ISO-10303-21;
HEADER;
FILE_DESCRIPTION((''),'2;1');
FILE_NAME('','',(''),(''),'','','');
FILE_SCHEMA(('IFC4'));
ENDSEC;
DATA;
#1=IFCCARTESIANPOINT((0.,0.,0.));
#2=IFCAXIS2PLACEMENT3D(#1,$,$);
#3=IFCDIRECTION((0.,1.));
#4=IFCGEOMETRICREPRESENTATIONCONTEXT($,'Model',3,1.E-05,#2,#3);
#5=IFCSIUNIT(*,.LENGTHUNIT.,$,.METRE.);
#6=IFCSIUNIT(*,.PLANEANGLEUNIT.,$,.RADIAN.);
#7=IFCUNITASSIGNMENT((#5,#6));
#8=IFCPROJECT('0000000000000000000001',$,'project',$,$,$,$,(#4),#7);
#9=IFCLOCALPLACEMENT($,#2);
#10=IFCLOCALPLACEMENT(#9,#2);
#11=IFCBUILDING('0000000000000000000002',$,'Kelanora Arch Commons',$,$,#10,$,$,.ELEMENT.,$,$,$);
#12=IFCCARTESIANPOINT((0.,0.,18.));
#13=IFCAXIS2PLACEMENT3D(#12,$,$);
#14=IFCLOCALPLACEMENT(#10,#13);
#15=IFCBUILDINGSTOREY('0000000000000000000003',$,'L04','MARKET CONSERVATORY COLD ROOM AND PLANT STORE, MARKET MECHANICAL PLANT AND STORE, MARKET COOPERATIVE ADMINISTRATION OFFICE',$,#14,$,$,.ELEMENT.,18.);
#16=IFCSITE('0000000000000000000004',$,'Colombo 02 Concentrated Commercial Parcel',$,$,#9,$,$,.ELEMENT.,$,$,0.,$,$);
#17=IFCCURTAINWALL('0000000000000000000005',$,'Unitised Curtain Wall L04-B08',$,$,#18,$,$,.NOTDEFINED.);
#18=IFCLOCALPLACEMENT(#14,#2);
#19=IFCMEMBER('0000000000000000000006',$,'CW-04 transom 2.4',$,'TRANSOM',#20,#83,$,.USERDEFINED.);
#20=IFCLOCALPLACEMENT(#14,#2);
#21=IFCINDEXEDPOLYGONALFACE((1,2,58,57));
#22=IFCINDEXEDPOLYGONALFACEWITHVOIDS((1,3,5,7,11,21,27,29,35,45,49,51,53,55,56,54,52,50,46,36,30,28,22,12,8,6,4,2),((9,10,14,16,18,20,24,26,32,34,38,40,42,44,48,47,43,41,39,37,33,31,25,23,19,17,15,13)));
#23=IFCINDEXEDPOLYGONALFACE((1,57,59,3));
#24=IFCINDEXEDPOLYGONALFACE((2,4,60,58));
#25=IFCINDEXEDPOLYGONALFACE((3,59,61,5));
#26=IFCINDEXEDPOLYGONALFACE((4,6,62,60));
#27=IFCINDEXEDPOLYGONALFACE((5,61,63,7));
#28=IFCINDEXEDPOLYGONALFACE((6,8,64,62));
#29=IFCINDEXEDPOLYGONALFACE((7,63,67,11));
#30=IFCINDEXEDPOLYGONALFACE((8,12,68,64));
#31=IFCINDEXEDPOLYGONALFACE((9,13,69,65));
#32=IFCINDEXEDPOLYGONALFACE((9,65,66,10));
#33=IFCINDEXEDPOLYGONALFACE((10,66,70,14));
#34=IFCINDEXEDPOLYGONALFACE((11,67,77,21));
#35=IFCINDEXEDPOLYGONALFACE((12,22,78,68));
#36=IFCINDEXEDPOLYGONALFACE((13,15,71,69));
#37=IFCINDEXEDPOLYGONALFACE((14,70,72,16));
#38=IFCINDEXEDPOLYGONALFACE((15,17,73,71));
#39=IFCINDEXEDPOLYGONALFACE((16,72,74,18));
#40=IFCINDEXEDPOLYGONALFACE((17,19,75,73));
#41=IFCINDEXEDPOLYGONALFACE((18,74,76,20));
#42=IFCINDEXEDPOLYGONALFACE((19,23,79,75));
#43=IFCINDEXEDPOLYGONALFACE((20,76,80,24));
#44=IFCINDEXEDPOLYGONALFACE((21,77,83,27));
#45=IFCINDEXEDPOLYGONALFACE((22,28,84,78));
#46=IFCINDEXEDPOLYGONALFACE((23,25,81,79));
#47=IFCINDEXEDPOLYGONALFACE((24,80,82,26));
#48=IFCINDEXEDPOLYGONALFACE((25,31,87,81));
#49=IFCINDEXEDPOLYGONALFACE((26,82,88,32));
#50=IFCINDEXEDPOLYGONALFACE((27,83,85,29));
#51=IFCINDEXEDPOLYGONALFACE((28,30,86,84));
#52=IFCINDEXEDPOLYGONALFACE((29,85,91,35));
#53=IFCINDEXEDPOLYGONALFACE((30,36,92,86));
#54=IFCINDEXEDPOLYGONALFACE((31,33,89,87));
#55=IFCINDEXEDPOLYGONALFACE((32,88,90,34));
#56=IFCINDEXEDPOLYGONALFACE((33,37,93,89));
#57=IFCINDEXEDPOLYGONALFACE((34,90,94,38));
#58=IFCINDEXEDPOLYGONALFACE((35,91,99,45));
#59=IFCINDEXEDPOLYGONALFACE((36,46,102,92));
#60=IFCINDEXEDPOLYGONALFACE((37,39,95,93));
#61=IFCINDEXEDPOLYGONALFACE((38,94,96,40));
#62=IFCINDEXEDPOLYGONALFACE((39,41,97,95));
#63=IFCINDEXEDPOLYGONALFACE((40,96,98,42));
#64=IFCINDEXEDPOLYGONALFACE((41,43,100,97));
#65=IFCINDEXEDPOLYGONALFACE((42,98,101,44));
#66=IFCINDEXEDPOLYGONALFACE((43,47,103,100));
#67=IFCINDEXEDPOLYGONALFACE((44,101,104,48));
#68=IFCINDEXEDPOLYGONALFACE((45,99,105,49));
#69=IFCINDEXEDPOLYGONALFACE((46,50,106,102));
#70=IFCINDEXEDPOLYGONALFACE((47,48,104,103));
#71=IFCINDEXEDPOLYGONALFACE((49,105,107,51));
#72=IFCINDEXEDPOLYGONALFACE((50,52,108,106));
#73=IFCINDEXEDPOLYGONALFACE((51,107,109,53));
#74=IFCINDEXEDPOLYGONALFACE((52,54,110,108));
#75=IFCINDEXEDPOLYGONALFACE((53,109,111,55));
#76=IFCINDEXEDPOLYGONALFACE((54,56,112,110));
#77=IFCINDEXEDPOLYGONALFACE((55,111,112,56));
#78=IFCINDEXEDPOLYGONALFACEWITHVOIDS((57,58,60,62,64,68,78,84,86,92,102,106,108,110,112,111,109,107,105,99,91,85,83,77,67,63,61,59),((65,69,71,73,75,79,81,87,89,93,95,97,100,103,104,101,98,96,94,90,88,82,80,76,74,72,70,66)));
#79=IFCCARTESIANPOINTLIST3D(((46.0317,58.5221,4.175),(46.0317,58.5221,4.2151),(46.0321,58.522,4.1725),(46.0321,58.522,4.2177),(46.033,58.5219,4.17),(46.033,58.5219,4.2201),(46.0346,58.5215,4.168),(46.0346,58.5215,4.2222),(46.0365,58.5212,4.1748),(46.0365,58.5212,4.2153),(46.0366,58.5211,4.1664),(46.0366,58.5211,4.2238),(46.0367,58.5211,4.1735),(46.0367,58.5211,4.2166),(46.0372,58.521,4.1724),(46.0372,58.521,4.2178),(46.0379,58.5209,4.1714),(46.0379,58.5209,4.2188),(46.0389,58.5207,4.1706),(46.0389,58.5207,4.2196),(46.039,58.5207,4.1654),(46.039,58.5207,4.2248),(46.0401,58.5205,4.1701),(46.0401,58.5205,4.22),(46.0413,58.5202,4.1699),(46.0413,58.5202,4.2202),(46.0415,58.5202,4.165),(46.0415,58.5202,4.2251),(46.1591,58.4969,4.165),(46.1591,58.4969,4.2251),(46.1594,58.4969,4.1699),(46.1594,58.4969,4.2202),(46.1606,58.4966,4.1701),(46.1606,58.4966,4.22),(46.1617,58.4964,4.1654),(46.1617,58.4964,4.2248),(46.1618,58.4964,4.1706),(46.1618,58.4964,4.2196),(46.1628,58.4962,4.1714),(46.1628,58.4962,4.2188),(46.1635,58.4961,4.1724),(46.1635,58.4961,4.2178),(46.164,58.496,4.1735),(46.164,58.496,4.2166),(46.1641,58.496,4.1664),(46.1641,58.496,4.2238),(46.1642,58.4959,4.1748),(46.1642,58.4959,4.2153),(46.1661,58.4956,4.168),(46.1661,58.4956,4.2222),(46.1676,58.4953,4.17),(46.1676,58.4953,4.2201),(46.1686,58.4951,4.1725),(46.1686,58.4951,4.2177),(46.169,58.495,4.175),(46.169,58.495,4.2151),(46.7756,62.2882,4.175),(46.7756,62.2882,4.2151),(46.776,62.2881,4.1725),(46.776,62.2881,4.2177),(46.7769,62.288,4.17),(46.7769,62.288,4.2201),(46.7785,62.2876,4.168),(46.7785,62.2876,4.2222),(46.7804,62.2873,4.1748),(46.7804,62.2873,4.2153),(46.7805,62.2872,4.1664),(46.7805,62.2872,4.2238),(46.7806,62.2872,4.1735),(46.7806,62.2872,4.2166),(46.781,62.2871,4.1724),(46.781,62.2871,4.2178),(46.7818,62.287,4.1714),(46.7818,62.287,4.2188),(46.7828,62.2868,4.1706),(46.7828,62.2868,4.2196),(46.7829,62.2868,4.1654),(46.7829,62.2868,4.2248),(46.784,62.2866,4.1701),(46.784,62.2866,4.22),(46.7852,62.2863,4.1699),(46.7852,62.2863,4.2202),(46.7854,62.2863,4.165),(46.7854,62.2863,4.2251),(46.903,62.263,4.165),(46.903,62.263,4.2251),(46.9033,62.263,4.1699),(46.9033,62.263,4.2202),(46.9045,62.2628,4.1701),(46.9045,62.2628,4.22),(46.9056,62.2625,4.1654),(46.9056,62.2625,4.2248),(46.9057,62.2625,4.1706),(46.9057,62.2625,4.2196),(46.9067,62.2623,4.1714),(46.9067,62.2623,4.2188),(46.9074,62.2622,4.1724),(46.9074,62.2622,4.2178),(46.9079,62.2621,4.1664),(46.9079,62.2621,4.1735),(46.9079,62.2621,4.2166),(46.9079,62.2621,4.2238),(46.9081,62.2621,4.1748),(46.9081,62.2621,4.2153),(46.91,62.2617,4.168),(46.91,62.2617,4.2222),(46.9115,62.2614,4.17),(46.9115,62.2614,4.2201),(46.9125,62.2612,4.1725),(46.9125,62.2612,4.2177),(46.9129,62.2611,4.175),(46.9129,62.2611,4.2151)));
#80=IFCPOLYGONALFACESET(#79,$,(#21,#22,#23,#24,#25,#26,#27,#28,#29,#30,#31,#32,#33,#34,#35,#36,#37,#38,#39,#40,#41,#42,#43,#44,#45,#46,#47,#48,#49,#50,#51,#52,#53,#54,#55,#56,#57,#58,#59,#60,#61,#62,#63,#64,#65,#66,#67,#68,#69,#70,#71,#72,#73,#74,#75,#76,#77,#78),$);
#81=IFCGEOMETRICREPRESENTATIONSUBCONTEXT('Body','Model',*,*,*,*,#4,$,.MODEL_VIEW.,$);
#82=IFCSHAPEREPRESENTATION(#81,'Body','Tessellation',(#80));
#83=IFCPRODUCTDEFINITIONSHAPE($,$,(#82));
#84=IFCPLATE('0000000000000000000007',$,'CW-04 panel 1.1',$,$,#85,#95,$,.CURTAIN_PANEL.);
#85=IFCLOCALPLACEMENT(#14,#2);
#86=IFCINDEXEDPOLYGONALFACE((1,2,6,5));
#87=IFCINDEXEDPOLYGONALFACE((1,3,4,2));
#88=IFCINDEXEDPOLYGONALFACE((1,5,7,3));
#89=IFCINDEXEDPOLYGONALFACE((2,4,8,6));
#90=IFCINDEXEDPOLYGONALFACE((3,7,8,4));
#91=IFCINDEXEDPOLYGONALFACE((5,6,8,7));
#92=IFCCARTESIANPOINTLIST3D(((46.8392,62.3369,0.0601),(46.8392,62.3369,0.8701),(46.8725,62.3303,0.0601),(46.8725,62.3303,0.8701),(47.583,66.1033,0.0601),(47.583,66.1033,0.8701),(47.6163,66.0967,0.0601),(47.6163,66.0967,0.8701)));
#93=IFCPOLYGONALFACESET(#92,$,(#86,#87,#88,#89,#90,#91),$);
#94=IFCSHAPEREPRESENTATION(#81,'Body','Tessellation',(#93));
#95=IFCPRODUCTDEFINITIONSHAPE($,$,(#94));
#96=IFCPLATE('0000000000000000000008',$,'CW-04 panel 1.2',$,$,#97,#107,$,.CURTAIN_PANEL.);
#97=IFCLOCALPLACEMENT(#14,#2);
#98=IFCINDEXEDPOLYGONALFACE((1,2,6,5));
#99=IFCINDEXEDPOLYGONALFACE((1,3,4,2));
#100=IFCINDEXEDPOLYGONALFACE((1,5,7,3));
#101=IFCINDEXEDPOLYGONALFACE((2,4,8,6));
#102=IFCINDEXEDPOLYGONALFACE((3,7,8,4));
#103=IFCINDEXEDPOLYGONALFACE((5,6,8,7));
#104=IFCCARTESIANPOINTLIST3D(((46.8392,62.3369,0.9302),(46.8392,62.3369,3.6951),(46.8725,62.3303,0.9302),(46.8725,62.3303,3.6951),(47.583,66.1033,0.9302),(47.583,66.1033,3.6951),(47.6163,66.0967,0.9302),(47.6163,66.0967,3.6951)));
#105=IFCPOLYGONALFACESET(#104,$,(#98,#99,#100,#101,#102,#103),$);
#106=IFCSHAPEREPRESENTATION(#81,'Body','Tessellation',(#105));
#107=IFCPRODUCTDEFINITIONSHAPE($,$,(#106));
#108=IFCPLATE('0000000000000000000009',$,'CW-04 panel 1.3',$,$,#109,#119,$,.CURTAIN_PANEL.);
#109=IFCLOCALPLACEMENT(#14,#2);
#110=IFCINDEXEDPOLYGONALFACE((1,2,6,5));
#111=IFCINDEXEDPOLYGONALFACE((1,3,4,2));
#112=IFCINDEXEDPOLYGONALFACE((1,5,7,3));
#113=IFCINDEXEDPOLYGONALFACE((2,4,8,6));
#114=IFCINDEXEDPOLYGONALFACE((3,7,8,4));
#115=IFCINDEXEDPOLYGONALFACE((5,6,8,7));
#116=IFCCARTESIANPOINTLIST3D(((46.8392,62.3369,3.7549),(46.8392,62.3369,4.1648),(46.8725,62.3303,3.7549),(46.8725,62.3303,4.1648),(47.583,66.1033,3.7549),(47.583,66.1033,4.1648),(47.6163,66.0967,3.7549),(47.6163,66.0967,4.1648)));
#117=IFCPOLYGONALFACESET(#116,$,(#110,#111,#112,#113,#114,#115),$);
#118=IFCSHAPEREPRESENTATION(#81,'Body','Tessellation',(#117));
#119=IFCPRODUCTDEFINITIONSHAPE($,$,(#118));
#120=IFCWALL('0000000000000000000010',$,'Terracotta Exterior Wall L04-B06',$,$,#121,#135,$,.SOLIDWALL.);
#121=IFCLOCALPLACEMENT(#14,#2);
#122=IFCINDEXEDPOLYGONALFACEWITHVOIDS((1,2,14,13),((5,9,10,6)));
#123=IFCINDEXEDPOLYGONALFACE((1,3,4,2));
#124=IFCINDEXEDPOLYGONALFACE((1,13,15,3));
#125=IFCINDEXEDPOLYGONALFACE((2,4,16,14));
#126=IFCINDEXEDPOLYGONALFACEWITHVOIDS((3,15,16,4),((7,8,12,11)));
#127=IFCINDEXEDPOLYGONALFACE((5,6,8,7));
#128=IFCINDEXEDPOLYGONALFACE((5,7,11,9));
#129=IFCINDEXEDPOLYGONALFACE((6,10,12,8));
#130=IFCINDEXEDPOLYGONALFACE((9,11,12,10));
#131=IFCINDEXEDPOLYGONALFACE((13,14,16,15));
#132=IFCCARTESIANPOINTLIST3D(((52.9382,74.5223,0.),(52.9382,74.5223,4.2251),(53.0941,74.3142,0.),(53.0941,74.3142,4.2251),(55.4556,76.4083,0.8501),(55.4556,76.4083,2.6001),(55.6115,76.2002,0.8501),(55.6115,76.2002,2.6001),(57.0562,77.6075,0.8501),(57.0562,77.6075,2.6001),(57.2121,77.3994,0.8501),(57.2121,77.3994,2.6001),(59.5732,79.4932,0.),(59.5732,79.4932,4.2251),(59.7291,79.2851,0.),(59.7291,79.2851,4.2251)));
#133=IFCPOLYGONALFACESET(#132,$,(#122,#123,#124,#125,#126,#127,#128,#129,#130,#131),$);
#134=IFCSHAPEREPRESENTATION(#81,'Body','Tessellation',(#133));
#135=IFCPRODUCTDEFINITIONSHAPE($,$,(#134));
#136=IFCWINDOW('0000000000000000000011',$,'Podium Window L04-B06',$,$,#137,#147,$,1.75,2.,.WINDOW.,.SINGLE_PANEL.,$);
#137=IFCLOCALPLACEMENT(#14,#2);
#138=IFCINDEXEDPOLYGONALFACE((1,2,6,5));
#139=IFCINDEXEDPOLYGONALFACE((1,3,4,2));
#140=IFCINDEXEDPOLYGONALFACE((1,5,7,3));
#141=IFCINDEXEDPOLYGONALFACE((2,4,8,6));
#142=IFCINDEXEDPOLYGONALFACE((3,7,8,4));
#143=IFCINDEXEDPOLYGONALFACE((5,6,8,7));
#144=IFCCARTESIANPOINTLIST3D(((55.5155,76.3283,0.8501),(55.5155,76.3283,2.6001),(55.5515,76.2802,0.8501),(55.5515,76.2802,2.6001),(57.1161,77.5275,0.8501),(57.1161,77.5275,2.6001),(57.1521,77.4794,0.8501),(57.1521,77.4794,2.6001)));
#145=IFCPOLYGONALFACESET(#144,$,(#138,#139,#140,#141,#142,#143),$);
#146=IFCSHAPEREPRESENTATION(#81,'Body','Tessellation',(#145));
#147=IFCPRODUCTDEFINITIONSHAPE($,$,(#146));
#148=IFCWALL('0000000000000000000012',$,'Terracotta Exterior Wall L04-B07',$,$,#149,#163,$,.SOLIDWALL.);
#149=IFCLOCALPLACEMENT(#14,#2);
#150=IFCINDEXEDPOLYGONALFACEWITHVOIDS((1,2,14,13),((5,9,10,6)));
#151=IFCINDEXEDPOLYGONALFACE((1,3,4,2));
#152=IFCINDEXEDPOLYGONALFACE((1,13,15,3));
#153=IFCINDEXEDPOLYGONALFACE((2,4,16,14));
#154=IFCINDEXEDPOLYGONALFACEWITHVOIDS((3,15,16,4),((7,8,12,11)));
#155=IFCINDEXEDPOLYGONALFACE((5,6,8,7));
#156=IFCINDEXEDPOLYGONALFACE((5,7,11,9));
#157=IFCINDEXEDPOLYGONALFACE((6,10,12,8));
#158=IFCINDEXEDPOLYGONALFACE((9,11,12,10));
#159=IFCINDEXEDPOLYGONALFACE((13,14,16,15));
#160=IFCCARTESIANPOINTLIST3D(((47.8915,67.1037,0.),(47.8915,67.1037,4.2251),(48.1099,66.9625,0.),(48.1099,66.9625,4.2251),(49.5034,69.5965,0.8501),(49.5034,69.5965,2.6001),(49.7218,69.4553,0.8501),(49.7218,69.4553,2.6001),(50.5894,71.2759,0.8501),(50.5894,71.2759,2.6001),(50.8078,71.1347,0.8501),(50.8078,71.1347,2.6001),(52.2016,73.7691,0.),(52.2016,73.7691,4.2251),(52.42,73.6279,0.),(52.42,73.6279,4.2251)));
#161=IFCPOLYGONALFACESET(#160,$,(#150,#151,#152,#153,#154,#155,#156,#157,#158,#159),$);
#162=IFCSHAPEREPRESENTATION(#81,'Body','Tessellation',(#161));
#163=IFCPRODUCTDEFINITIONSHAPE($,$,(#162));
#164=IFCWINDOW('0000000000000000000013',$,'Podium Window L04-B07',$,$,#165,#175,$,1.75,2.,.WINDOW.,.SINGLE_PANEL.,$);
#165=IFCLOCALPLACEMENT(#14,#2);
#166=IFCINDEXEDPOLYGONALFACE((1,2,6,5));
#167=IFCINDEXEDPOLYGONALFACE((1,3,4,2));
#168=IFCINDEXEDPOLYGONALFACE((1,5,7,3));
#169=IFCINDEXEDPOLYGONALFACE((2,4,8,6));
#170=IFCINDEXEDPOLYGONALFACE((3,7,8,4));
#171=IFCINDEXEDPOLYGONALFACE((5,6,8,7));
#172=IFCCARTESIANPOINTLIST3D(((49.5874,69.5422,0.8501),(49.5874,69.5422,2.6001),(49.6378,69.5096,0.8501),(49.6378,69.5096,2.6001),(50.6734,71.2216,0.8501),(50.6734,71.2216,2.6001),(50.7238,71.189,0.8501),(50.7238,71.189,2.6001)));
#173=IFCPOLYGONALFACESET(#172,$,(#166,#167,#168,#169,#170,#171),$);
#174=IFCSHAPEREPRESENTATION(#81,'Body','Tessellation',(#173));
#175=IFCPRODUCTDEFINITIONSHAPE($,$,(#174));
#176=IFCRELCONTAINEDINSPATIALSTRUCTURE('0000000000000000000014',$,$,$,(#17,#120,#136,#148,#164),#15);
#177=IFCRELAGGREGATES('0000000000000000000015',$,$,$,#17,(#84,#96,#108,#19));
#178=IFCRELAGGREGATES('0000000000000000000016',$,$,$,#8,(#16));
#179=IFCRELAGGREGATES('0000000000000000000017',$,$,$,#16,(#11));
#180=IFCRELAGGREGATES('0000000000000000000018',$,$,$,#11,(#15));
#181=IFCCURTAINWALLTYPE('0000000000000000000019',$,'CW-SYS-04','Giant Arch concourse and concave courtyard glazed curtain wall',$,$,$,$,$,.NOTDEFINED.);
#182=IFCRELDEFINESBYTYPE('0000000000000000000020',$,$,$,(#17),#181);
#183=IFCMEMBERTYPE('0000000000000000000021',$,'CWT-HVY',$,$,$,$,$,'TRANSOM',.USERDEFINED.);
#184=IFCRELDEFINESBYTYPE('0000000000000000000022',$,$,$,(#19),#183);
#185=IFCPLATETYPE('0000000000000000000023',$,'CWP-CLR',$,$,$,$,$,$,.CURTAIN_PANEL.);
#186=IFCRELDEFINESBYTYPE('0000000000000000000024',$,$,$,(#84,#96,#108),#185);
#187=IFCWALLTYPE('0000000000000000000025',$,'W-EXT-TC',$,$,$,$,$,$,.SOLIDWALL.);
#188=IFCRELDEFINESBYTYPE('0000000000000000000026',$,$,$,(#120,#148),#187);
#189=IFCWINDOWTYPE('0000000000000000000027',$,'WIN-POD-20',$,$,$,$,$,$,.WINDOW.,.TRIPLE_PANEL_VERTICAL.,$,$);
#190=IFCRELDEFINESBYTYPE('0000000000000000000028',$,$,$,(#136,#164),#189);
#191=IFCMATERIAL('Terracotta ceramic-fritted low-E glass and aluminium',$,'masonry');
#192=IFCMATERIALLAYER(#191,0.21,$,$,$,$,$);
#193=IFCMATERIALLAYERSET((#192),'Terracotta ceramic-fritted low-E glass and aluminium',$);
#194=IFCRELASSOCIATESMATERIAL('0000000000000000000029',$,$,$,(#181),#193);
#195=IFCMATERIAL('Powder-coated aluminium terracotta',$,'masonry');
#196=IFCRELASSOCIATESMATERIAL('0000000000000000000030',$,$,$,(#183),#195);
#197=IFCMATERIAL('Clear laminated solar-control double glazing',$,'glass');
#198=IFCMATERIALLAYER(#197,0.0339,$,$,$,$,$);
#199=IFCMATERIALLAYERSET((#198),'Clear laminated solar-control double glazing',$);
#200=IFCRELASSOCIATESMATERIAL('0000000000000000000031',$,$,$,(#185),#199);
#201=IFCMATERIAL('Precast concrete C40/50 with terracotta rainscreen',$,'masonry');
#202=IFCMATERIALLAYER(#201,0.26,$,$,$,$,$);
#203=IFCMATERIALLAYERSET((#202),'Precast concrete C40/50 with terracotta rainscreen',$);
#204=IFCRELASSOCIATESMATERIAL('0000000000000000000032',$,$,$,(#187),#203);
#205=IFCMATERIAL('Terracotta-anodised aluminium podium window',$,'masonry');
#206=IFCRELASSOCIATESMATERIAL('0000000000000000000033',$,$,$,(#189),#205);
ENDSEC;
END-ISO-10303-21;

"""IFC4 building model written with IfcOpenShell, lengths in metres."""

from ifc_helpers import new_model, si_unit, direction, frame, frame_2d, origin, origin_2d, place, context, subcontext, project, spatial, rectangle, hollow_rectangle, extrude, source, transform, mapped, material, layer, layer_set, material_profile, profile_set, type_object, element, fill, aggregate, save


model = new_model("IFC4")

# Units and contexts
model_context = context("Model", 3, precision=1e-05, world=origin(), true_north=direction((0.0, 1.0)))
body_context = subcontext(model_context, "Body", "Model", "MODEL_VIEW")
ifc_project = project(units=[si_unit("LENGTHUNIT", "METRE"), si_unit("PLANEANGLEUNIT", "RADIAN")], contexts=[model_context])

# Site, building, storey
site_placement = place(None, origin())
site = spatial("IfcSite", under=ifc_project, at=site_placement, Name="Colombo 02 Concentrated Commercial Parcel", CompositionType="ELEMENT", RefElevation=0.0)
building_placement = place(site_placement, origin())
building = spatial("IfcBuilding", under=site, at=building_placement, Name="Kelanora Arch Commons", CompositionType="ELEMENT")
storey_placement = place(building_placement, frame((0.0, 0.0, 18.0)))
storey = spatial("IfcBuildingStorey", under=building, at=storey_placement, Name="L04", Description="MARKET CONSERVATORY COLD ROOM AND PLANT STORE, MARKET MECHANICAL PLANT AND STORE, MARKET COOPERATIVE ADMINISTRATION OFFICE", CompositionType="ELEMENT", Elevation=18.0)

# Curtain wall, member, plates
ifc_material_1 = material(Name="Terracotta ceramic-fritted low-E glass and aluminium", Category="masonry")
ifc_layer_1 = layer(ifc_material_1, 0.21)
ifc_layer_set_1 = layer_set([ifc_layer_1], Name="Terracotta ceramic-fritted low-E glass and aluminium")
curtain_wall_type = type_object("IfcCurtainWallType", Name="CW-SYS-04", Description="Giant Arch concourse and concave courtyard glazed curtain wall", PredefinedType="NOTDEFINED", material=ifc_layer_set_1)
curtain_wall_placement = place(storey_placement, origin())
curtain_wall = element("IfcCurtainWall", 1, at=curtain_wall_placement, inside=storey, type_object=curtain_wall_type, Name="Unitised Curtain Wall L04-B08", PredefinedType="NOTDEFINED")
ifc_material_2 = material(Name="Powder-coated aluminium terracotta", Category="masonry")
ifc_material_profile_1 = material_profile(ifc_material_2, hollow_rectangle(XDim=0.1399, YDim=0.0601, WallThickness=0.0049, InnerFilletRadius=0.0049, OuterFilletRadius=0.01, at=origin_2d()), Name="CWT140x60")
ifc_profile_set_1 = profile_set([ifc_material_profile_1], Name="Powder-coated aluminium terracotta")
member_type_1 = type_object("IfcMemberType", Name="CWT-HVY", ElementType="TRANSOM", PredefinedType="USERDEFINED", material=ifc_profile_set_1)
member_1_placement = place(storey_placement, frame((46.8442, 62.2747, 4.1951), z_axis=(-0.19378, -0.981045, 0.0), x_axis=(0.981045, -0.19378, 0.0)))
member_1 = element("IfcMember", 2, at=member_1_placement, type_object=member_type_1, Name="CW-04 transom 2.4", ObjectType="TRANSOM", PredefinedType="USERDEFINED", context=body_context, shape_type="SweptSolid", body=[
    extrude(hollow_rectangle(XDim=0.1399, YDim=0.0601, WallThickness=0.0049, InnerFilletRadius=0.0049, OuterFilletRadius=0.01, at=origin_2d()), origin(), (0.0, 0.0, 1.0), 3.8389),
])
ifc_material_3 = material(Name="Clear laminated solar-control double glazing", Category="glass")
ifc_layer_2 = layer(ifc_material_3, 0.0339)
ifc_layer_set_2 = layer_set([ifc_layer_2], Name="Clear laminated solar-control double glazing")
plate_type = type_object("IfcPlateType", Name="CWP-CLR", PredefinedType="CURTAIN_PANEL", material=ifc_layer_set_2)
shared_shape_1 = source(origin(), body_context, "Body", "SweptSolid", [
    extrude(rectangle(XDim=3.8391, YDim=0.0339, at=origin_2d()), origin(), (0.0, 0.0, 1.0), 0.8101),
])
plate_1_placement = place(storey_placement, frame((47.2278, 64.2168, 0.0601), z_axis=(0.0, 0.0, 1.0), x_axis=(-0.193737, -0.981054, 0.0)))
plate_1 = element("IfcPlate", 3, at=plate_1_placement, type_object=plate_type, Name="CW-04 panel 1.1", PredefinedType="CURTAIN_PANEL", context=body_context, shape_type="MappedRepresentation", body=[
    mapped(shared_shape_1, transform((0.0, 0.0, 0.0), scale=1.0)),
])
shared_shape_2 = source(origin(), body_context, "Body", "SweptSolid", [
    extrude(rectangle(XDim=3.8391, YDim=0.0339, at=origin_2d()), origin(), (0.0, 0.0, 1.0), 2.7649),
])
plate_2_placement = place(storey_placement, frame((47.2278, 64.2168, 0.9302), z_axis=(0.0, 0.0, 1.0), x_axis=(-0.193737, -0.981054, 0.0)))
plate_2 = element("IfcPlate", 4, at=plate_2_placement, type_object=plate_type, Name="CW-04 panel 1.2", PredefinedType="CURTAIN_PANEL", context=body_context, shape_type="MappedRepresentation", body=[
    mapped(shared_shape_2, transform((0.0, 0.0, 0.0), scale=1.0)),
])
shared_shape_3 = source(origin(), body_context, "Body", "SweptSolid", [
    extrude(rectangle(XDim=3.8391, YDim=0.0339, at=origin_2d()), origin(), (0.0, 0.0, 1.0), 0.4099),
])
plate_3_placement = place(storey_placement, frame((47.2278, 64.2168, 3.7549), z_axis=(0.0, 0.0, 1.0), x_axis=(-0.193737, -0.981054, 0.0)))
plate_3 = element("IfcPlate", 5, at=plate_3_placement, type_object=plate_type, Name="CW-04 panel 1.3", PredefinedType="CURTAIN_PANEL", context=body_context, shape_type="MappedRepresentation", body=[
    mapped(shared_shape_3, transform((0.0, 0.0, 0.0), scale=1.0)),
])
aggregate(curtain_wall, [plate_1, plate_2, plate_3, member_1])

# Walls, openings, windows
ifc_material_4 = material(Name="Precast concrete C40/50 with terracotta rainscreen", Category="masonry")
ifc_layer_3 = layer(ifc_material_4, 0.26)
ifc_layer_set_3 = layer_set([ifc_layer_3], Name="Precast concrete C40/50 with terracotta rainscreen")
wall_type_1 = type_object("IfcWallType", Name="W-EXT-TC", PredefinedType="SOLIDWALL", material=ifc_layer_set_3)
wall_1_placement = place(storey_placement, frame((59.6511, 79.3892, 0.0), z_axis=(0.0, 0.0, 1.0), x_axis=(-0.800307, -0.59959, 0.0)))
wall_1 = element("IfcWall", 6, at=wall_1_placement, inside=storey, type_object=wall_type_1, Name="Terracotta Exterior Wall L04-B06", PredefinedType="SOLIDWALL", context=body_context, shape_type="SweptSolid", body=[
    extrude(rectangle(XDim=8.2905, YDim=0.26, at=frame_2d((4.1453, 0.0))), origin(), (0.0, 0.0, 1.0), 4.2251),
])
opening_1_placement = place(wall_1_placement, frame((3.145, 0.0, 0.8501)))
opening_1 = element("IfcOpeningElement", 7, at=opening_1_placement, cuts=wall_1, PredefinedType="OPENING", context=body_context, shape_type="SweptSolid", body=[
    extrude(rectangle(XDim=2.0, YDim=1.75, at=frame_2d((1.0, 0.875))), frame((0.0, 0.1401, 0.0), z_axis=(0.0, -1.0, 0.0), x_axis=(1.0, 0.0, 0.0)), (0.0, 0.0, 1.0), 0.28),
])
ifc_material_5 = material(Name="Terracotta-anodised aluminium podium window", Category="masonry")
window_type = type_object("IfcWindowType", Name="WIN-POD-20", PartitioningType="TRIPLE_PANEL_VERTICAL", PredefinedType="WINDOW", material=ifc_material_5)
window_1_placement = place(opening_1_placement, origin())
window_1 = element("IfcWindow", 8, at=window_1_placement, inside=storey, type_object=window_type, Name="Podium Window L04-B06", OverallHeight=1.75, OverallWidth=2.0, PartitioningType="SINGLE_PANEL", PredefinedType="WINDOW", context=body_context, shape_type="SweptSolid", body=[
    extrude(rectangle(XDim=2.0, YDim=1.75, at=frame_2d((1.0, 0.875))), frame((0.0, 0.03, 0.0), z_axis=(0.0, -1.0, 0.0), x_axis=(1.0, 0.0, 0.0)), (0.0, 0.0, 1.0), 0.0601),
])
fill(opening_1, window_1)
wall_2_placement = place(storey_placement, frame((52.3108, 73.6985, 0.0), z_axis=(0.0, 0.0, 1.0), x_axis=(-0.543005, -0.839729, 0.0)))
wall_2 = element("IfcWall", 9, at=wall_2_placement, inside=storey, type_object=wall_type_1, Name="Terracotta Exterior Wall L04-B07", PredefinedType="SOLIDWALL", context=body_context, shape_type="SweptSolid", body=[
    extrude(rectangle(XDim=7.9375, YDim=0.26, at=frame_2d((3.9688, 0.0))), origin(), (0.0, 0.0, 1.0), 4.2251),
])
opening_2_placement = place(wall_2_placement, frame((2.969, 0.0, 0.8501)))
opening_2 = element("IfcOpeningElement", 10, at=opening_2_placement, cuts=wall_2, PredefinedType="OPENING", context=body_context, shape_type="SweptSolid", body=[
    extrude(rectangle(XDim=2.0, YDim=1.75, at=frame_2d((1.0, 0.875))), frame((0.0, 0.1401, 0.0), z_axis=(0.0, -1.0, 0.0), x_axis=(1.0, 0.0, 0.0)), (0.0, 0.0, 1.0), 0.28),
])
window_2_placement = place(opening_2_placement, origin())
window_2 = element("IfcWindow", 11, at=window_2_placement, inside=storey, type_object=window_type, Name="Podium Window L04-B07", OverallHeight=1.75, OverallWidth=2.0, PartitioningType="SINGLE_PANEL", PredefinedType="WINDOW", context=body_context, shape_type="SweptSolid", body=[
    extrude(rectangle(XDim=2.0, YDim=1.75, at=frame_2d((1.0, 0.875))), frame((0.0, 0.03, 0.0), z_axis=(0.0, -1.0, 0.0), x_axis=(1.0, 0.0, 0.0)), (0.0, 0.0, 1.0), 0.0601),
])
fill(opening_2, window_2)

save(model, "model.ifc")
